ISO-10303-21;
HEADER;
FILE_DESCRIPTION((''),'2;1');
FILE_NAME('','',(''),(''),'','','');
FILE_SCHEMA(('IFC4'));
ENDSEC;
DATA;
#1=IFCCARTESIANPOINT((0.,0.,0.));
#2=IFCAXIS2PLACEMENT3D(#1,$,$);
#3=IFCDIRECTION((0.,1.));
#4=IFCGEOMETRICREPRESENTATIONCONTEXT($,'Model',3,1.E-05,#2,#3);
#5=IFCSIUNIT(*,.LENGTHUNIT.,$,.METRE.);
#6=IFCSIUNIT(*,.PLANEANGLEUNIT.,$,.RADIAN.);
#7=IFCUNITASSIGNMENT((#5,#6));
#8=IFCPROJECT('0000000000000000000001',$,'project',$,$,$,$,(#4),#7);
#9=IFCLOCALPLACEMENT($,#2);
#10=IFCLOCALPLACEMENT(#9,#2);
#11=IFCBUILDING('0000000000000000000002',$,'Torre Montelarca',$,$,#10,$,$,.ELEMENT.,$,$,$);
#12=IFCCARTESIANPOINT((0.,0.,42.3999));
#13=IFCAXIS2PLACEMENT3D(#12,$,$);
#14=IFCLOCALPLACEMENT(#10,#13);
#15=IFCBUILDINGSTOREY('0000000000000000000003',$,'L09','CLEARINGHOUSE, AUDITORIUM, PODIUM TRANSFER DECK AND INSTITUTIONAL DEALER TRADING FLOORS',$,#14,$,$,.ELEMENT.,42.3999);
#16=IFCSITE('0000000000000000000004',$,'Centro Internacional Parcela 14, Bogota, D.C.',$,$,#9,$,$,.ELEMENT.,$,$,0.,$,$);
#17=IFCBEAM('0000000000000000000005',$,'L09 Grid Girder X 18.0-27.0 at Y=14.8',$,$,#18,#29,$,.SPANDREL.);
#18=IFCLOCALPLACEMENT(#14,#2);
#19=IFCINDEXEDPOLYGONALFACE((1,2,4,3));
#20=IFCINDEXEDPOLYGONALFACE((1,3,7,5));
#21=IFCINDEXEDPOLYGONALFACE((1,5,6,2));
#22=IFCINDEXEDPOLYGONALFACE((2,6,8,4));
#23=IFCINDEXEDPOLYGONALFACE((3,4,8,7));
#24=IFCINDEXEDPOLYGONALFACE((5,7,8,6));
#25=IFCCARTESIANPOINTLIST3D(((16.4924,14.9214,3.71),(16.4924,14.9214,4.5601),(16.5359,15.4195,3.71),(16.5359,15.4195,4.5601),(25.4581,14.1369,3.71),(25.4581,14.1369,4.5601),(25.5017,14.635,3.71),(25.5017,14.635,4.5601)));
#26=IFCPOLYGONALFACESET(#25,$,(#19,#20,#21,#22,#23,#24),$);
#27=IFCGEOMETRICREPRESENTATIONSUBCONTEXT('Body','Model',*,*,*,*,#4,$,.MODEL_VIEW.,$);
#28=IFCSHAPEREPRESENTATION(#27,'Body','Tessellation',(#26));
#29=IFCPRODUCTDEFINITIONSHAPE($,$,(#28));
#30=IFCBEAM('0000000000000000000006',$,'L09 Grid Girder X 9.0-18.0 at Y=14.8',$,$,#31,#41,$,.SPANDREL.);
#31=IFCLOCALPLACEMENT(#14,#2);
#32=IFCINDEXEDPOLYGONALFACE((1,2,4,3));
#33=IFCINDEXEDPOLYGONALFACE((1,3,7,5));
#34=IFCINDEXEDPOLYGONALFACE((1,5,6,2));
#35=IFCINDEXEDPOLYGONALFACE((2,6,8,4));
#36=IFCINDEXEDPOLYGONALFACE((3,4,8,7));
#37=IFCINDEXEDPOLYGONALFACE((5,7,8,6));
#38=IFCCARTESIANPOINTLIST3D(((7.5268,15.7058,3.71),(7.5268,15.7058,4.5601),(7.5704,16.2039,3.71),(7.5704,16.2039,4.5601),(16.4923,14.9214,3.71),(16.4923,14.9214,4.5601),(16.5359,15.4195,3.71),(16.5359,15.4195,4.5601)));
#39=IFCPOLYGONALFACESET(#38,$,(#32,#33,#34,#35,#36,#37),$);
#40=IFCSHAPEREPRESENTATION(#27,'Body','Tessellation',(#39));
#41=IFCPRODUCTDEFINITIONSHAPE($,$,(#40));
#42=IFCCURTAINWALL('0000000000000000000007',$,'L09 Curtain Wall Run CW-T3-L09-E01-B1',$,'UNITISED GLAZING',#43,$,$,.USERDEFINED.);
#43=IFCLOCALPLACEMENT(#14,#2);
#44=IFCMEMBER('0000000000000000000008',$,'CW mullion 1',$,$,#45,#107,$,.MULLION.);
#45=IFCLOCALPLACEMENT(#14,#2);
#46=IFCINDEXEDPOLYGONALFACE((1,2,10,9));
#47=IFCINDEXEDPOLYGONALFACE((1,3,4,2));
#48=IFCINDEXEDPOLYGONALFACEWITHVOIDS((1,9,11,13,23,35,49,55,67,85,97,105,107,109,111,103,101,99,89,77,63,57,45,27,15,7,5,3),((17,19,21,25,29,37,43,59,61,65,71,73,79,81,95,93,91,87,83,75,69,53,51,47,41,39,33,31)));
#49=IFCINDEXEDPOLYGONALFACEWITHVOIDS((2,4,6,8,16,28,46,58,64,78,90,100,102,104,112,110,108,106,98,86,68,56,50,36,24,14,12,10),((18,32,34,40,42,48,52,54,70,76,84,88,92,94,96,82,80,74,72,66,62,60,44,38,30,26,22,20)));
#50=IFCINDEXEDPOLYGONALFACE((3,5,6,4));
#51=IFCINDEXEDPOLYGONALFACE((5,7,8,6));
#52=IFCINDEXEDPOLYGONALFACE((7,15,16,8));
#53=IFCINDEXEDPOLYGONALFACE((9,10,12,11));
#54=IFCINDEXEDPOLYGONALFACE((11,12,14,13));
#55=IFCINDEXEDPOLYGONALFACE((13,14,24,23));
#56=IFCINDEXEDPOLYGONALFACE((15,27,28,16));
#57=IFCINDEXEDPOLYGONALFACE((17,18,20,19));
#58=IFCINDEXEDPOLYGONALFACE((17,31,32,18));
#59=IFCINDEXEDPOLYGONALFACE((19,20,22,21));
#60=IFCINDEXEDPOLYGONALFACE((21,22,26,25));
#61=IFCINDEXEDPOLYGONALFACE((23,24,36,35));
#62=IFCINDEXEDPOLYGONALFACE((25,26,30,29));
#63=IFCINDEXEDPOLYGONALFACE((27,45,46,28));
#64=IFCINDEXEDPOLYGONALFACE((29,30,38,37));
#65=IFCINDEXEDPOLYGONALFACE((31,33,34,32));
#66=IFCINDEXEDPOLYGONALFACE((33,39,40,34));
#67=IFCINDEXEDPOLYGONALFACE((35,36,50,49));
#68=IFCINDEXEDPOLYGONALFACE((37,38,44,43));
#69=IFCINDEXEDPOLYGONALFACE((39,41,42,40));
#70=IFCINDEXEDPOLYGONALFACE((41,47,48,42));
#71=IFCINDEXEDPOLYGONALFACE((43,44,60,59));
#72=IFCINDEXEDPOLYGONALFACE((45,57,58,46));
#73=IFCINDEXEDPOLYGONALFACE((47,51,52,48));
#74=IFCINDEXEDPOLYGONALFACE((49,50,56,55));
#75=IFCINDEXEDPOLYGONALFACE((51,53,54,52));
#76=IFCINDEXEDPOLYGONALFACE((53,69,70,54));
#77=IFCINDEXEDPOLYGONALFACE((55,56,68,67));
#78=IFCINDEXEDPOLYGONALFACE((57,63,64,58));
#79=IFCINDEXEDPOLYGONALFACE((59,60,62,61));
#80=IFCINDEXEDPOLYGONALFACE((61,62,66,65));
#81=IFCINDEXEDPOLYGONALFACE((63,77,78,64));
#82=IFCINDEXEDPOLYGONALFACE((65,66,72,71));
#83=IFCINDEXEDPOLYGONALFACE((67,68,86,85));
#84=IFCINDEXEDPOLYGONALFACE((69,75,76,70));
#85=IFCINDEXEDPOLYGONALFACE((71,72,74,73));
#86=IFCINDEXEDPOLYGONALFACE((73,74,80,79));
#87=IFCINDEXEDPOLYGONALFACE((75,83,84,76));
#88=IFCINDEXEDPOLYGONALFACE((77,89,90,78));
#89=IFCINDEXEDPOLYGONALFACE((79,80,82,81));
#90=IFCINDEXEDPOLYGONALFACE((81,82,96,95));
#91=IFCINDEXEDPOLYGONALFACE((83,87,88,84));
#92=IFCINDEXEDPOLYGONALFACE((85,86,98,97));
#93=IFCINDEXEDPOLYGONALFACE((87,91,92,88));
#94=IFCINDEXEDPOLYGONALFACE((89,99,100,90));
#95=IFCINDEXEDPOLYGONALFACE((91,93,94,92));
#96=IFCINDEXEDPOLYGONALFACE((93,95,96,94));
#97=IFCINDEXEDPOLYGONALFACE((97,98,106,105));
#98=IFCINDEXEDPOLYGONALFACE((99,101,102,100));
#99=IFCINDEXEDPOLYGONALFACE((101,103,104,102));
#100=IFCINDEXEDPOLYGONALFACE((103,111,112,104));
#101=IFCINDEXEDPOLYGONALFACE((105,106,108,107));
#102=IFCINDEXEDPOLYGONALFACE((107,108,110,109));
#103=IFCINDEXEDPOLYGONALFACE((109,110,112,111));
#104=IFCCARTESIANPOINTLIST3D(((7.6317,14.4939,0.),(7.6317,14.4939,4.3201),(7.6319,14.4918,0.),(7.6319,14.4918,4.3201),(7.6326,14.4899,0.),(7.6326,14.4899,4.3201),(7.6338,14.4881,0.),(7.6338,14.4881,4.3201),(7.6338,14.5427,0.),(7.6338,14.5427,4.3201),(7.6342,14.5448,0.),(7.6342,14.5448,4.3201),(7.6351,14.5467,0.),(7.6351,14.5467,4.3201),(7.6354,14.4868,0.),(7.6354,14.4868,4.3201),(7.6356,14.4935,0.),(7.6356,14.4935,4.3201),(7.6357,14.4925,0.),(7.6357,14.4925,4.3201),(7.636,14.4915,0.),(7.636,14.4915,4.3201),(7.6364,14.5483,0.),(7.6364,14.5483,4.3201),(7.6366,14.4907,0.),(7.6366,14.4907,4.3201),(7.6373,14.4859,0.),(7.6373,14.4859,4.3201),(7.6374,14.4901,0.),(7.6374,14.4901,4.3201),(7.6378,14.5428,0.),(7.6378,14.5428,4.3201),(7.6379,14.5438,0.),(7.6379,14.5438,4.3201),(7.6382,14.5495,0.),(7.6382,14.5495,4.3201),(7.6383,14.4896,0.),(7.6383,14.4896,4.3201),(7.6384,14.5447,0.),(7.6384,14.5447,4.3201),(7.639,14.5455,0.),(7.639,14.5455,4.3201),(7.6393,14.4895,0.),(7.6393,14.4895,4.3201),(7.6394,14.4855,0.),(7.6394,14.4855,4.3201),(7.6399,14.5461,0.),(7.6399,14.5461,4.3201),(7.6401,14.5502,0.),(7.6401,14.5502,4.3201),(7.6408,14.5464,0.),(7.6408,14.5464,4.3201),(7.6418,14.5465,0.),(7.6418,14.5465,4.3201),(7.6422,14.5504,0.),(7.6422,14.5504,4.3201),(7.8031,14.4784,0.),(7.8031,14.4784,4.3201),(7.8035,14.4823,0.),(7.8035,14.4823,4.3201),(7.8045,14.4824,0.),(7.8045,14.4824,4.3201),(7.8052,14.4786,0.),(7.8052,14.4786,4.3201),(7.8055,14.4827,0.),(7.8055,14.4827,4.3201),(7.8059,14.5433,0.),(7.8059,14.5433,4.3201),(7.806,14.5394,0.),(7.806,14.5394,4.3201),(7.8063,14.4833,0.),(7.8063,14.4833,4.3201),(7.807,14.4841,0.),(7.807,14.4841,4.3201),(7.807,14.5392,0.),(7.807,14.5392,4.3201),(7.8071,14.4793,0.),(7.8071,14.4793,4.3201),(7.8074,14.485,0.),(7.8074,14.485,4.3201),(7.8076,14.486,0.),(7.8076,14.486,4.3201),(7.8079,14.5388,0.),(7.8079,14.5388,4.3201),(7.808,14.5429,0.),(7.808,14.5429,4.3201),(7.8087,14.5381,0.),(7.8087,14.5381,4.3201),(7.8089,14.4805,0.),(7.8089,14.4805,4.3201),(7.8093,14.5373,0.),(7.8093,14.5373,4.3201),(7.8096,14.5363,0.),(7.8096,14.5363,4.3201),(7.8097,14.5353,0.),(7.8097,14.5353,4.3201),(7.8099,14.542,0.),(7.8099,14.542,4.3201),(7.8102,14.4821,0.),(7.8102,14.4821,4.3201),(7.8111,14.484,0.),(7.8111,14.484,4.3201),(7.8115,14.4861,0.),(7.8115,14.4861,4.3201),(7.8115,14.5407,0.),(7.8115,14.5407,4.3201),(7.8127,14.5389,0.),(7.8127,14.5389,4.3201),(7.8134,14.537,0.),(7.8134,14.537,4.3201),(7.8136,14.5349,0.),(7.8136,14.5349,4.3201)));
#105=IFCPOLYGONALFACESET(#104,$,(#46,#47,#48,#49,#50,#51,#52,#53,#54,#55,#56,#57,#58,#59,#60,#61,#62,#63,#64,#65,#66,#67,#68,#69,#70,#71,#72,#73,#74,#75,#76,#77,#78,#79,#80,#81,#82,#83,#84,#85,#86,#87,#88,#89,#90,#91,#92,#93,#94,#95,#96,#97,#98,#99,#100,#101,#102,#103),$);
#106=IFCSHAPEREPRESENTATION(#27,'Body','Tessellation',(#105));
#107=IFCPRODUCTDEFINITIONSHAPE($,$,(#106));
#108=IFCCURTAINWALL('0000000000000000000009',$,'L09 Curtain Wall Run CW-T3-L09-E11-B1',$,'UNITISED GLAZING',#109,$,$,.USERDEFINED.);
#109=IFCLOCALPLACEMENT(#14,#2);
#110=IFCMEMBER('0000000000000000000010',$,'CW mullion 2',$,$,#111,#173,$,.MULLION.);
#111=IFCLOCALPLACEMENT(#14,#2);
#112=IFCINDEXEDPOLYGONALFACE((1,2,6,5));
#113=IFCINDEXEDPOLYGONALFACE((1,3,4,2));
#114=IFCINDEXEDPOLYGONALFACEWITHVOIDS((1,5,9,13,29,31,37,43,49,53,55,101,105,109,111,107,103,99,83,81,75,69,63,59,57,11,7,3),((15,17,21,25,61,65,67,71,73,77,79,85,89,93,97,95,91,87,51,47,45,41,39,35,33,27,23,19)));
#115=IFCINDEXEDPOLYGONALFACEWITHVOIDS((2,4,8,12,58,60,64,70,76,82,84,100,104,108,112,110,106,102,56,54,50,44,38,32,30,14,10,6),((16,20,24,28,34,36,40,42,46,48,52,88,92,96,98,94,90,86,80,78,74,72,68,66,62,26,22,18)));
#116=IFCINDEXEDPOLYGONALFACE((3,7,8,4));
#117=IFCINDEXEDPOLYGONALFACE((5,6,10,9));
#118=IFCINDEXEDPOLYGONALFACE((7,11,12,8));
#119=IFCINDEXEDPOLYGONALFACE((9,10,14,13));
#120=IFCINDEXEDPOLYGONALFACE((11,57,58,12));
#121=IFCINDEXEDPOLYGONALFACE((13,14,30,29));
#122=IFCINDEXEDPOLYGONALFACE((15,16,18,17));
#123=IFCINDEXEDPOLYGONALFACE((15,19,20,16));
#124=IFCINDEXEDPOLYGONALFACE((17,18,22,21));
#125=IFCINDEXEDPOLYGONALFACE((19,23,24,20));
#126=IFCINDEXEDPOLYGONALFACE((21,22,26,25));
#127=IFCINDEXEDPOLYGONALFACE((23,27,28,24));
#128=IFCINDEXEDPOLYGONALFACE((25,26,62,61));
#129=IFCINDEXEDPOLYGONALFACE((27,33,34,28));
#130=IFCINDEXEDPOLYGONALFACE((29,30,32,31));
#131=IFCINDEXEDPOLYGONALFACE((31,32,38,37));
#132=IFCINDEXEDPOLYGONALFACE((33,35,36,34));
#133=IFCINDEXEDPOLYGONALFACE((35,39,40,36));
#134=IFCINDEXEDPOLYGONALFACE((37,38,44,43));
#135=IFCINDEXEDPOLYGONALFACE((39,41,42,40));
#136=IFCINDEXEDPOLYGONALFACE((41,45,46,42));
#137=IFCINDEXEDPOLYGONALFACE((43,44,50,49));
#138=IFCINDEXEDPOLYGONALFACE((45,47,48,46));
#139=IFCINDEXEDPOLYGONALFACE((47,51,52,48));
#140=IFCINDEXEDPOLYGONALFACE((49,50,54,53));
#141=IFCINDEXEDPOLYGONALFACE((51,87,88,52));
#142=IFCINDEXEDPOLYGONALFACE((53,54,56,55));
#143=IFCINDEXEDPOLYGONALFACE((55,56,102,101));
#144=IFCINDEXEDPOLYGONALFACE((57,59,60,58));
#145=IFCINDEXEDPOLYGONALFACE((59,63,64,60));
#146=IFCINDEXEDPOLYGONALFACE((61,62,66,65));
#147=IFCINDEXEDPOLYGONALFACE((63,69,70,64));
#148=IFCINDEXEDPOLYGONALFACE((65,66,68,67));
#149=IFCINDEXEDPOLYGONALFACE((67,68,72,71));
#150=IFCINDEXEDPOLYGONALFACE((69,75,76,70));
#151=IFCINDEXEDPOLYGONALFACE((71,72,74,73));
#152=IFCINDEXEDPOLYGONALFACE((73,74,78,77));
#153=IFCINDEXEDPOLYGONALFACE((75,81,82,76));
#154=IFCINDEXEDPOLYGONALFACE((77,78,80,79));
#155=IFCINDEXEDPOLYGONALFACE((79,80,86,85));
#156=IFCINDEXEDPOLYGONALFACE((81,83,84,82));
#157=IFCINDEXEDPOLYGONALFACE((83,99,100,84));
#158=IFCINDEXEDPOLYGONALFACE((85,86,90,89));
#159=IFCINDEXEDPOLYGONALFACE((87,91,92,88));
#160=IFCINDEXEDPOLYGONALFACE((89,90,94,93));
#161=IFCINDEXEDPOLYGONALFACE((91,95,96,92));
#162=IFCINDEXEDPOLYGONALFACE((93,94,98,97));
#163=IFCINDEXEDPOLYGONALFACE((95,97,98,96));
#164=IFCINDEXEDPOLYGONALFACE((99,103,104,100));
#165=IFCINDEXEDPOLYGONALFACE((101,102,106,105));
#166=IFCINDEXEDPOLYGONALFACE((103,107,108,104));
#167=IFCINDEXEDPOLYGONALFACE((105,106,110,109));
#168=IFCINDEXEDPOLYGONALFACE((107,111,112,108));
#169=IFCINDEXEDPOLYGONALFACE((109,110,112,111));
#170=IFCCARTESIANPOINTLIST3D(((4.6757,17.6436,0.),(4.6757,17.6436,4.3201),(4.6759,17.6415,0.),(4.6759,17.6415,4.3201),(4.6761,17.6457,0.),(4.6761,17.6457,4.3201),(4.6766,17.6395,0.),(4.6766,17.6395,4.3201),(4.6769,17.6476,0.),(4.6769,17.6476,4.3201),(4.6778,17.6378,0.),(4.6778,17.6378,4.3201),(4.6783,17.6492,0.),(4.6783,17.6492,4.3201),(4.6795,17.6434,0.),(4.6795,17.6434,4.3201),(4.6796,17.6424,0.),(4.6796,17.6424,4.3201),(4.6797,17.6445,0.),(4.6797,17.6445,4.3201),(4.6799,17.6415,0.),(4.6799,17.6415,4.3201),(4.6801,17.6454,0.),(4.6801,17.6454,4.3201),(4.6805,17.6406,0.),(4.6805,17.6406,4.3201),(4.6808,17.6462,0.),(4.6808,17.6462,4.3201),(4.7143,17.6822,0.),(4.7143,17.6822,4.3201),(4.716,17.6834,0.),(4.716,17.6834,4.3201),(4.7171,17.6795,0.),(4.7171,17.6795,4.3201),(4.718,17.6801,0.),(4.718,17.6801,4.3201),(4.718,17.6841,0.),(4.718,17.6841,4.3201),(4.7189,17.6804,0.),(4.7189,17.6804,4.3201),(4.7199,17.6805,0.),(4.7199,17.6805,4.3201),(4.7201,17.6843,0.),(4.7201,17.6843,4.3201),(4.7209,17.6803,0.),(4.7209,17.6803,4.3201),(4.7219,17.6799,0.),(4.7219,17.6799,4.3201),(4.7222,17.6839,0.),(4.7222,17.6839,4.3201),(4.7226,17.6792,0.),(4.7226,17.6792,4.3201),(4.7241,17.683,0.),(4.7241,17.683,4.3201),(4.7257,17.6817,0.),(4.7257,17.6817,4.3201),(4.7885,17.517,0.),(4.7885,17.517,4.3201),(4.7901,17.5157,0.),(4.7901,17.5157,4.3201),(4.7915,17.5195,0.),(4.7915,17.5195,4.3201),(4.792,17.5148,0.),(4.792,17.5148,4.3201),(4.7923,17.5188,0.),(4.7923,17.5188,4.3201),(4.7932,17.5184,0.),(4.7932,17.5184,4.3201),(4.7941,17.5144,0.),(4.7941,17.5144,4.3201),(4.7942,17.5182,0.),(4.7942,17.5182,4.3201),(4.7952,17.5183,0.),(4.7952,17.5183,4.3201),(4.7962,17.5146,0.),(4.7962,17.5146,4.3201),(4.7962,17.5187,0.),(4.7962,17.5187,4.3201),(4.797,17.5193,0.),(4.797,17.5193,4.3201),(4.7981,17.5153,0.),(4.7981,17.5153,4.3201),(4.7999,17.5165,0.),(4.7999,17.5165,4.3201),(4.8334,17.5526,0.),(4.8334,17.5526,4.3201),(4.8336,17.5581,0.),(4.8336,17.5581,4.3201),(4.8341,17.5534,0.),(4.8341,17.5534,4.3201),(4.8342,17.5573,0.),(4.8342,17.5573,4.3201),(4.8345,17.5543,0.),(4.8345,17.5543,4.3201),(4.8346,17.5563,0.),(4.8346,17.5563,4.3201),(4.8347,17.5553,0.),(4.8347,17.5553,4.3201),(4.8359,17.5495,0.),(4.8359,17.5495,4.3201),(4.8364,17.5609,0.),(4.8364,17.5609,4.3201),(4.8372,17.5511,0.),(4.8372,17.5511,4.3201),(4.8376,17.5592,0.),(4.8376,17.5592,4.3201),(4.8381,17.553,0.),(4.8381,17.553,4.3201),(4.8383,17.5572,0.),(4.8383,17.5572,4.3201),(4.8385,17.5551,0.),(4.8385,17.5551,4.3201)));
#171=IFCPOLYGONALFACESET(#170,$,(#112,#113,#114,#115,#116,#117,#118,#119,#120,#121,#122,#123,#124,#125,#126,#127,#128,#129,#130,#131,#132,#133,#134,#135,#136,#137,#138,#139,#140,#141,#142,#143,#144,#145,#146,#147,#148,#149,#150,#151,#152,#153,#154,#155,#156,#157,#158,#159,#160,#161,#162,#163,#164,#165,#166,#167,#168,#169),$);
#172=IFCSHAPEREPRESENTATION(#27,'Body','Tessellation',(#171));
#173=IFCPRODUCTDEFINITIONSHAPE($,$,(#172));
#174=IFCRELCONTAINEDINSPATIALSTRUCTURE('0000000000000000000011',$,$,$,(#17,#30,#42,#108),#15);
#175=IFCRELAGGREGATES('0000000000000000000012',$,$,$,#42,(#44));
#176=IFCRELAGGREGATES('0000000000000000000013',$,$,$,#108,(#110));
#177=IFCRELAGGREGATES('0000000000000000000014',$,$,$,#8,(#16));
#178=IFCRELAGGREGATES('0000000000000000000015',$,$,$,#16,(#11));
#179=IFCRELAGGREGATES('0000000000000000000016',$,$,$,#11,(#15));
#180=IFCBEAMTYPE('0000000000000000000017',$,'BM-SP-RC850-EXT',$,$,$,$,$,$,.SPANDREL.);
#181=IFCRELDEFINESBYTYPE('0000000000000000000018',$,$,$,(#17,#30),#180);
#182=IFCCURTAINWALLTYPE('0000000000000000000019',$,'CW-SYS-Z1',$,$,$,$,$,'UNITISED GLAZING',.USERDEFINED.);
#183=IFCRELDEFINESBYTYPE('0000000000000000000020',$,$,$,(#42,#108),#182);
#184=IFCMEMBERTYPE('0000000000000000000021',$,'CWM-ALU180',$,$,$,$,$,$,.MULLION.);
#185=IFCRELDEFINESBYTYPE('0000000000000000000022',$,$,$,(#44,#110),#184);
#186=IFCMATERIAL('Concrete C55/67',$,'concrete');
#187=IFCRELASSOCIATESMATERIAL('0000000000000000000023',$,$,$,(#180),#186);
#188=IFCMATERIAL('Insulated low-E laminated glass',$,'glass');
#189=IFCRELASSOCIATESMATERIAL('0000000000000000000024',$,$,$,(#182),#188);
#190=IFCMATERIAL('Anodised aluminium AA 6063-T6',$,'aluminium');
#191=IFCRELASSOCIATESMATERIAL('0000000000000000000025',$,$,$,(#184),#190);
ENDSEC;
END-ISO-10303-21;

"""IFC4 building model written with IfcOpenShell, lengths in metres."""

from ifc_helpers import new_model, si_unit, direction, frame, origin, origin_2d, place, context, subcontext, project, spatial, rectangle, hollow_rectangle, extrude, source, transform, mapped, material, material_profile, profile_set, type_object, element, aggregate, save


model = new_model("IFC4")

# Units and contexts
model_context = context("Model", 3, precision=1e-05, world=origin(), true_north=direction((0.0, 1.0)))
body_context = subcontext(model_context, "Body", "Model", "MODEL_VIEW")
ifc_project = project(units=[si_unit("LENGTHUNIT", "METRE"), si_unit("PLANEANGLEUNIT", "RADIAN")], contexts=[model_context])

# Site, building, storey
site_placement = place(None, origin())
site = spatial("IfcSite", under=ifc_project, at=site_placement, Name="Centro Internacional Parcela 14, Bogota, D.C.", CompositionType="ELEMENT", RefElevation=0.0)
building_placement = place(site_placement, origin())
building = spatial("IfcBuilding", under=site, at=building_placement, Name="Torre Montelarca", CompositionType="ELEMENT")
storey_placement = place(building_placement, frame((0.0, 0.0, 42.3999)))
storey = spatial("IfcBuildingStorey", under=building, at=storey_placement, Name="L09", Description="CLEARINGHOUSE, AUDITORIUM, PODIUM TRANSFER DECK AND INSTITUTIONAL DEALER TRADING FLOORS", CompositionType="ELEMENT", Elevation=42.3999)

# Beams
ifc_material_1 = material(Name="Concrete C55/67", Category="concrete")
ifc_material_profile_1 = material_profile(ifc_material_1, rectangle(XDim=0.5, YDim=0.8501, at=origin_2d()), Name="RCB500X850", Category="concrete")
ifc_profile_set_1 = profile_set([ifc_material_profile_1], Name="Concrete C55/67")
beam_type = type_object("IfcBeamType", Name="BM-SP-RC850-EXT", PredefinedType="SPANDREL", material=ifc_profile_set_1)
shared_shape_1 = source(origin(), body_context, "Body", "SweptSolid", [
    extrude(rectangle(XDim=0.5, YDim=0.8501, at=origin_2d()), origin(), (0.0, 0.0, 1.0), 9.0),
])
beam_1_placement = place(storey_placement, frame((16.5142, 15.1704, 4.135), z_axis=(0.996195, -0.087158, 0.0), x_axis=(0.087158, 0.996195, 0.0)))
element("IfcBeam", 1, at=beam_1_placement, inside=storey, type_object=beam_type, Name="L09 Grid Girder X 18.0-27.0 at Y=14.8", PredefinedType="SPANDREL", context=body_context, shape_type="MappedRepresentation", body=[
    mapped(shared_shape_1, transform((0.0, 0.0, 0.0), scale=1.0)),
])
shared_shape_2 = source(origin(), body_context, "Body", "SweptSolid", [
    extrude(rectangle(XDim=0.5, YDim=0.8501, at=origin_2d()), origin(), (0.0, 0.0, 1.0), 8.9998),
])
beam_2_placement = place(storey_placement, frame((7.5486, 15.9548, 4.135), z_axis=(0.996194, -0.08716, 0.0), x_axis=(0.08716, 0.996194, 0.0)))
element("IfcBeam", 2, at=beam_2_placement, inside=storey, type_object=beam_type, Name="L09 Grid Girder X 9.0-18.0 at Y=14.8", PredefinedType="SPANDREL", context=body_context, shape_type="MappedRepresentation", body=[
    mapped(shared_shape_2, transform((0.0, 0.0, 0.0), scale=1.0)),
])

# Curtain wall, member
ifc_material_2 = material(Name="Insulated low-E laminated glass", Category="glass")
curtain_wall_type = type_object("IfcCurtainWallType", Name="CW-SYS-Z1", ElementType="UNITISED GLAZING", PredefinedType="USERDEFINED", material=ifc_material_2)
curtain_wall_1_placement = place(storey_placement, origin())
curtain_wall_1 = element("IfcCurtainWall", 3, at=curtain_wall_1_placement, inside=storey, type_object=curtain_wall_type, Name="L09 Curtain Wall Run CW-T3-L09-E01-B1", ObjectType="UNITISED GLAZING", PredefinedType="USERDEFINED")
ifc_material_3 = material(Name="Anodised aluminium AA 6063-T6", Category="aluminium")
ifc_material_profile_2 = material_profile(ifc_material_3, hollow_rectangle(XDim=0.0649, YDim=0.1799, WallThickness=0.0039, InnerFilletRadius=0.0039, OuterFilletRadius=0.0081, at=origin_2d()), Name="ALU65X180X4", Category="aluminium")
ifc_profile_set_2 = profile_set([ifc_material_profile_2], Name="Anodised aluminium AA 6063-T6")
member_type_1 = type_object("IfcMemberType", Name="CWM-ALU180", PredefinedType="MULLION", material=ifc_profile_set_2)
shared_shape_3 = source(origin(), body_context, "Body", "SweptSolid", [
    extrude(hollow_rectangle(XDim=0.0649, YDim=0.1799, WallThickness=0.0039, InnerFilletRadius=0.0039, OuterFilletRadius=0.0081, at=origin_2d()), origin(), (0.0, 0.0, 1.0), 4.3201),
])
member_1_placement = place(storey_placement, frame((7.7227, 14.5144, 0.0), z_axis=(0.0, 0.0, 1.0), x_axis=(0.043619, 0.999048, 0.0)))
member_1 = element("IfcMember", 4, at=member_1_placement, type_object=member_type_1, Name="CW mullion 1", PredefinedType="MULLION", context=body_context, shape_type="MappedRepresentation", body=[
    mapped(shared_shape_3, transform((0.0, 0.0, 0.0), scale=1.0)),
])
aggregate(curtain_wall_1, [member_1])

# Curtain wall, member
curtain_wall_2_placement = place(storey_placement, origin())
curtain_wall_2 = element("IfcCurtainWall", 5, at=curtain_wall_2_placement, inside=storey, type_object=curtain_wall_type, Name="L09 Curtain Wall Run CW-T3-L09-E11-B1", ObjectType="UNITISED GLAZING", PredefinedType="USERDEFINED")
member_2_placement = place(storey_placement, frame((4.7571, 17.5994, 0.0), z_axis=(0.0, 0.0, 1.0), x_axis=(0.737284, 0.675583, 0.0)))
member_2 = element("IfcMember", 6, at=member_2_placement, type_object=member_type_1, Name="CW mullion 2", PredefinedType="MULLION", context=body_context, shape_type="MappedRepresentation", body=[
    mapped(shared_shape_3, transform((0.0, 0.0, 0.0), scale=1.0)),
])
aggregate(curtain_wall_2, [member_2])

save(model, "model.ifc")
